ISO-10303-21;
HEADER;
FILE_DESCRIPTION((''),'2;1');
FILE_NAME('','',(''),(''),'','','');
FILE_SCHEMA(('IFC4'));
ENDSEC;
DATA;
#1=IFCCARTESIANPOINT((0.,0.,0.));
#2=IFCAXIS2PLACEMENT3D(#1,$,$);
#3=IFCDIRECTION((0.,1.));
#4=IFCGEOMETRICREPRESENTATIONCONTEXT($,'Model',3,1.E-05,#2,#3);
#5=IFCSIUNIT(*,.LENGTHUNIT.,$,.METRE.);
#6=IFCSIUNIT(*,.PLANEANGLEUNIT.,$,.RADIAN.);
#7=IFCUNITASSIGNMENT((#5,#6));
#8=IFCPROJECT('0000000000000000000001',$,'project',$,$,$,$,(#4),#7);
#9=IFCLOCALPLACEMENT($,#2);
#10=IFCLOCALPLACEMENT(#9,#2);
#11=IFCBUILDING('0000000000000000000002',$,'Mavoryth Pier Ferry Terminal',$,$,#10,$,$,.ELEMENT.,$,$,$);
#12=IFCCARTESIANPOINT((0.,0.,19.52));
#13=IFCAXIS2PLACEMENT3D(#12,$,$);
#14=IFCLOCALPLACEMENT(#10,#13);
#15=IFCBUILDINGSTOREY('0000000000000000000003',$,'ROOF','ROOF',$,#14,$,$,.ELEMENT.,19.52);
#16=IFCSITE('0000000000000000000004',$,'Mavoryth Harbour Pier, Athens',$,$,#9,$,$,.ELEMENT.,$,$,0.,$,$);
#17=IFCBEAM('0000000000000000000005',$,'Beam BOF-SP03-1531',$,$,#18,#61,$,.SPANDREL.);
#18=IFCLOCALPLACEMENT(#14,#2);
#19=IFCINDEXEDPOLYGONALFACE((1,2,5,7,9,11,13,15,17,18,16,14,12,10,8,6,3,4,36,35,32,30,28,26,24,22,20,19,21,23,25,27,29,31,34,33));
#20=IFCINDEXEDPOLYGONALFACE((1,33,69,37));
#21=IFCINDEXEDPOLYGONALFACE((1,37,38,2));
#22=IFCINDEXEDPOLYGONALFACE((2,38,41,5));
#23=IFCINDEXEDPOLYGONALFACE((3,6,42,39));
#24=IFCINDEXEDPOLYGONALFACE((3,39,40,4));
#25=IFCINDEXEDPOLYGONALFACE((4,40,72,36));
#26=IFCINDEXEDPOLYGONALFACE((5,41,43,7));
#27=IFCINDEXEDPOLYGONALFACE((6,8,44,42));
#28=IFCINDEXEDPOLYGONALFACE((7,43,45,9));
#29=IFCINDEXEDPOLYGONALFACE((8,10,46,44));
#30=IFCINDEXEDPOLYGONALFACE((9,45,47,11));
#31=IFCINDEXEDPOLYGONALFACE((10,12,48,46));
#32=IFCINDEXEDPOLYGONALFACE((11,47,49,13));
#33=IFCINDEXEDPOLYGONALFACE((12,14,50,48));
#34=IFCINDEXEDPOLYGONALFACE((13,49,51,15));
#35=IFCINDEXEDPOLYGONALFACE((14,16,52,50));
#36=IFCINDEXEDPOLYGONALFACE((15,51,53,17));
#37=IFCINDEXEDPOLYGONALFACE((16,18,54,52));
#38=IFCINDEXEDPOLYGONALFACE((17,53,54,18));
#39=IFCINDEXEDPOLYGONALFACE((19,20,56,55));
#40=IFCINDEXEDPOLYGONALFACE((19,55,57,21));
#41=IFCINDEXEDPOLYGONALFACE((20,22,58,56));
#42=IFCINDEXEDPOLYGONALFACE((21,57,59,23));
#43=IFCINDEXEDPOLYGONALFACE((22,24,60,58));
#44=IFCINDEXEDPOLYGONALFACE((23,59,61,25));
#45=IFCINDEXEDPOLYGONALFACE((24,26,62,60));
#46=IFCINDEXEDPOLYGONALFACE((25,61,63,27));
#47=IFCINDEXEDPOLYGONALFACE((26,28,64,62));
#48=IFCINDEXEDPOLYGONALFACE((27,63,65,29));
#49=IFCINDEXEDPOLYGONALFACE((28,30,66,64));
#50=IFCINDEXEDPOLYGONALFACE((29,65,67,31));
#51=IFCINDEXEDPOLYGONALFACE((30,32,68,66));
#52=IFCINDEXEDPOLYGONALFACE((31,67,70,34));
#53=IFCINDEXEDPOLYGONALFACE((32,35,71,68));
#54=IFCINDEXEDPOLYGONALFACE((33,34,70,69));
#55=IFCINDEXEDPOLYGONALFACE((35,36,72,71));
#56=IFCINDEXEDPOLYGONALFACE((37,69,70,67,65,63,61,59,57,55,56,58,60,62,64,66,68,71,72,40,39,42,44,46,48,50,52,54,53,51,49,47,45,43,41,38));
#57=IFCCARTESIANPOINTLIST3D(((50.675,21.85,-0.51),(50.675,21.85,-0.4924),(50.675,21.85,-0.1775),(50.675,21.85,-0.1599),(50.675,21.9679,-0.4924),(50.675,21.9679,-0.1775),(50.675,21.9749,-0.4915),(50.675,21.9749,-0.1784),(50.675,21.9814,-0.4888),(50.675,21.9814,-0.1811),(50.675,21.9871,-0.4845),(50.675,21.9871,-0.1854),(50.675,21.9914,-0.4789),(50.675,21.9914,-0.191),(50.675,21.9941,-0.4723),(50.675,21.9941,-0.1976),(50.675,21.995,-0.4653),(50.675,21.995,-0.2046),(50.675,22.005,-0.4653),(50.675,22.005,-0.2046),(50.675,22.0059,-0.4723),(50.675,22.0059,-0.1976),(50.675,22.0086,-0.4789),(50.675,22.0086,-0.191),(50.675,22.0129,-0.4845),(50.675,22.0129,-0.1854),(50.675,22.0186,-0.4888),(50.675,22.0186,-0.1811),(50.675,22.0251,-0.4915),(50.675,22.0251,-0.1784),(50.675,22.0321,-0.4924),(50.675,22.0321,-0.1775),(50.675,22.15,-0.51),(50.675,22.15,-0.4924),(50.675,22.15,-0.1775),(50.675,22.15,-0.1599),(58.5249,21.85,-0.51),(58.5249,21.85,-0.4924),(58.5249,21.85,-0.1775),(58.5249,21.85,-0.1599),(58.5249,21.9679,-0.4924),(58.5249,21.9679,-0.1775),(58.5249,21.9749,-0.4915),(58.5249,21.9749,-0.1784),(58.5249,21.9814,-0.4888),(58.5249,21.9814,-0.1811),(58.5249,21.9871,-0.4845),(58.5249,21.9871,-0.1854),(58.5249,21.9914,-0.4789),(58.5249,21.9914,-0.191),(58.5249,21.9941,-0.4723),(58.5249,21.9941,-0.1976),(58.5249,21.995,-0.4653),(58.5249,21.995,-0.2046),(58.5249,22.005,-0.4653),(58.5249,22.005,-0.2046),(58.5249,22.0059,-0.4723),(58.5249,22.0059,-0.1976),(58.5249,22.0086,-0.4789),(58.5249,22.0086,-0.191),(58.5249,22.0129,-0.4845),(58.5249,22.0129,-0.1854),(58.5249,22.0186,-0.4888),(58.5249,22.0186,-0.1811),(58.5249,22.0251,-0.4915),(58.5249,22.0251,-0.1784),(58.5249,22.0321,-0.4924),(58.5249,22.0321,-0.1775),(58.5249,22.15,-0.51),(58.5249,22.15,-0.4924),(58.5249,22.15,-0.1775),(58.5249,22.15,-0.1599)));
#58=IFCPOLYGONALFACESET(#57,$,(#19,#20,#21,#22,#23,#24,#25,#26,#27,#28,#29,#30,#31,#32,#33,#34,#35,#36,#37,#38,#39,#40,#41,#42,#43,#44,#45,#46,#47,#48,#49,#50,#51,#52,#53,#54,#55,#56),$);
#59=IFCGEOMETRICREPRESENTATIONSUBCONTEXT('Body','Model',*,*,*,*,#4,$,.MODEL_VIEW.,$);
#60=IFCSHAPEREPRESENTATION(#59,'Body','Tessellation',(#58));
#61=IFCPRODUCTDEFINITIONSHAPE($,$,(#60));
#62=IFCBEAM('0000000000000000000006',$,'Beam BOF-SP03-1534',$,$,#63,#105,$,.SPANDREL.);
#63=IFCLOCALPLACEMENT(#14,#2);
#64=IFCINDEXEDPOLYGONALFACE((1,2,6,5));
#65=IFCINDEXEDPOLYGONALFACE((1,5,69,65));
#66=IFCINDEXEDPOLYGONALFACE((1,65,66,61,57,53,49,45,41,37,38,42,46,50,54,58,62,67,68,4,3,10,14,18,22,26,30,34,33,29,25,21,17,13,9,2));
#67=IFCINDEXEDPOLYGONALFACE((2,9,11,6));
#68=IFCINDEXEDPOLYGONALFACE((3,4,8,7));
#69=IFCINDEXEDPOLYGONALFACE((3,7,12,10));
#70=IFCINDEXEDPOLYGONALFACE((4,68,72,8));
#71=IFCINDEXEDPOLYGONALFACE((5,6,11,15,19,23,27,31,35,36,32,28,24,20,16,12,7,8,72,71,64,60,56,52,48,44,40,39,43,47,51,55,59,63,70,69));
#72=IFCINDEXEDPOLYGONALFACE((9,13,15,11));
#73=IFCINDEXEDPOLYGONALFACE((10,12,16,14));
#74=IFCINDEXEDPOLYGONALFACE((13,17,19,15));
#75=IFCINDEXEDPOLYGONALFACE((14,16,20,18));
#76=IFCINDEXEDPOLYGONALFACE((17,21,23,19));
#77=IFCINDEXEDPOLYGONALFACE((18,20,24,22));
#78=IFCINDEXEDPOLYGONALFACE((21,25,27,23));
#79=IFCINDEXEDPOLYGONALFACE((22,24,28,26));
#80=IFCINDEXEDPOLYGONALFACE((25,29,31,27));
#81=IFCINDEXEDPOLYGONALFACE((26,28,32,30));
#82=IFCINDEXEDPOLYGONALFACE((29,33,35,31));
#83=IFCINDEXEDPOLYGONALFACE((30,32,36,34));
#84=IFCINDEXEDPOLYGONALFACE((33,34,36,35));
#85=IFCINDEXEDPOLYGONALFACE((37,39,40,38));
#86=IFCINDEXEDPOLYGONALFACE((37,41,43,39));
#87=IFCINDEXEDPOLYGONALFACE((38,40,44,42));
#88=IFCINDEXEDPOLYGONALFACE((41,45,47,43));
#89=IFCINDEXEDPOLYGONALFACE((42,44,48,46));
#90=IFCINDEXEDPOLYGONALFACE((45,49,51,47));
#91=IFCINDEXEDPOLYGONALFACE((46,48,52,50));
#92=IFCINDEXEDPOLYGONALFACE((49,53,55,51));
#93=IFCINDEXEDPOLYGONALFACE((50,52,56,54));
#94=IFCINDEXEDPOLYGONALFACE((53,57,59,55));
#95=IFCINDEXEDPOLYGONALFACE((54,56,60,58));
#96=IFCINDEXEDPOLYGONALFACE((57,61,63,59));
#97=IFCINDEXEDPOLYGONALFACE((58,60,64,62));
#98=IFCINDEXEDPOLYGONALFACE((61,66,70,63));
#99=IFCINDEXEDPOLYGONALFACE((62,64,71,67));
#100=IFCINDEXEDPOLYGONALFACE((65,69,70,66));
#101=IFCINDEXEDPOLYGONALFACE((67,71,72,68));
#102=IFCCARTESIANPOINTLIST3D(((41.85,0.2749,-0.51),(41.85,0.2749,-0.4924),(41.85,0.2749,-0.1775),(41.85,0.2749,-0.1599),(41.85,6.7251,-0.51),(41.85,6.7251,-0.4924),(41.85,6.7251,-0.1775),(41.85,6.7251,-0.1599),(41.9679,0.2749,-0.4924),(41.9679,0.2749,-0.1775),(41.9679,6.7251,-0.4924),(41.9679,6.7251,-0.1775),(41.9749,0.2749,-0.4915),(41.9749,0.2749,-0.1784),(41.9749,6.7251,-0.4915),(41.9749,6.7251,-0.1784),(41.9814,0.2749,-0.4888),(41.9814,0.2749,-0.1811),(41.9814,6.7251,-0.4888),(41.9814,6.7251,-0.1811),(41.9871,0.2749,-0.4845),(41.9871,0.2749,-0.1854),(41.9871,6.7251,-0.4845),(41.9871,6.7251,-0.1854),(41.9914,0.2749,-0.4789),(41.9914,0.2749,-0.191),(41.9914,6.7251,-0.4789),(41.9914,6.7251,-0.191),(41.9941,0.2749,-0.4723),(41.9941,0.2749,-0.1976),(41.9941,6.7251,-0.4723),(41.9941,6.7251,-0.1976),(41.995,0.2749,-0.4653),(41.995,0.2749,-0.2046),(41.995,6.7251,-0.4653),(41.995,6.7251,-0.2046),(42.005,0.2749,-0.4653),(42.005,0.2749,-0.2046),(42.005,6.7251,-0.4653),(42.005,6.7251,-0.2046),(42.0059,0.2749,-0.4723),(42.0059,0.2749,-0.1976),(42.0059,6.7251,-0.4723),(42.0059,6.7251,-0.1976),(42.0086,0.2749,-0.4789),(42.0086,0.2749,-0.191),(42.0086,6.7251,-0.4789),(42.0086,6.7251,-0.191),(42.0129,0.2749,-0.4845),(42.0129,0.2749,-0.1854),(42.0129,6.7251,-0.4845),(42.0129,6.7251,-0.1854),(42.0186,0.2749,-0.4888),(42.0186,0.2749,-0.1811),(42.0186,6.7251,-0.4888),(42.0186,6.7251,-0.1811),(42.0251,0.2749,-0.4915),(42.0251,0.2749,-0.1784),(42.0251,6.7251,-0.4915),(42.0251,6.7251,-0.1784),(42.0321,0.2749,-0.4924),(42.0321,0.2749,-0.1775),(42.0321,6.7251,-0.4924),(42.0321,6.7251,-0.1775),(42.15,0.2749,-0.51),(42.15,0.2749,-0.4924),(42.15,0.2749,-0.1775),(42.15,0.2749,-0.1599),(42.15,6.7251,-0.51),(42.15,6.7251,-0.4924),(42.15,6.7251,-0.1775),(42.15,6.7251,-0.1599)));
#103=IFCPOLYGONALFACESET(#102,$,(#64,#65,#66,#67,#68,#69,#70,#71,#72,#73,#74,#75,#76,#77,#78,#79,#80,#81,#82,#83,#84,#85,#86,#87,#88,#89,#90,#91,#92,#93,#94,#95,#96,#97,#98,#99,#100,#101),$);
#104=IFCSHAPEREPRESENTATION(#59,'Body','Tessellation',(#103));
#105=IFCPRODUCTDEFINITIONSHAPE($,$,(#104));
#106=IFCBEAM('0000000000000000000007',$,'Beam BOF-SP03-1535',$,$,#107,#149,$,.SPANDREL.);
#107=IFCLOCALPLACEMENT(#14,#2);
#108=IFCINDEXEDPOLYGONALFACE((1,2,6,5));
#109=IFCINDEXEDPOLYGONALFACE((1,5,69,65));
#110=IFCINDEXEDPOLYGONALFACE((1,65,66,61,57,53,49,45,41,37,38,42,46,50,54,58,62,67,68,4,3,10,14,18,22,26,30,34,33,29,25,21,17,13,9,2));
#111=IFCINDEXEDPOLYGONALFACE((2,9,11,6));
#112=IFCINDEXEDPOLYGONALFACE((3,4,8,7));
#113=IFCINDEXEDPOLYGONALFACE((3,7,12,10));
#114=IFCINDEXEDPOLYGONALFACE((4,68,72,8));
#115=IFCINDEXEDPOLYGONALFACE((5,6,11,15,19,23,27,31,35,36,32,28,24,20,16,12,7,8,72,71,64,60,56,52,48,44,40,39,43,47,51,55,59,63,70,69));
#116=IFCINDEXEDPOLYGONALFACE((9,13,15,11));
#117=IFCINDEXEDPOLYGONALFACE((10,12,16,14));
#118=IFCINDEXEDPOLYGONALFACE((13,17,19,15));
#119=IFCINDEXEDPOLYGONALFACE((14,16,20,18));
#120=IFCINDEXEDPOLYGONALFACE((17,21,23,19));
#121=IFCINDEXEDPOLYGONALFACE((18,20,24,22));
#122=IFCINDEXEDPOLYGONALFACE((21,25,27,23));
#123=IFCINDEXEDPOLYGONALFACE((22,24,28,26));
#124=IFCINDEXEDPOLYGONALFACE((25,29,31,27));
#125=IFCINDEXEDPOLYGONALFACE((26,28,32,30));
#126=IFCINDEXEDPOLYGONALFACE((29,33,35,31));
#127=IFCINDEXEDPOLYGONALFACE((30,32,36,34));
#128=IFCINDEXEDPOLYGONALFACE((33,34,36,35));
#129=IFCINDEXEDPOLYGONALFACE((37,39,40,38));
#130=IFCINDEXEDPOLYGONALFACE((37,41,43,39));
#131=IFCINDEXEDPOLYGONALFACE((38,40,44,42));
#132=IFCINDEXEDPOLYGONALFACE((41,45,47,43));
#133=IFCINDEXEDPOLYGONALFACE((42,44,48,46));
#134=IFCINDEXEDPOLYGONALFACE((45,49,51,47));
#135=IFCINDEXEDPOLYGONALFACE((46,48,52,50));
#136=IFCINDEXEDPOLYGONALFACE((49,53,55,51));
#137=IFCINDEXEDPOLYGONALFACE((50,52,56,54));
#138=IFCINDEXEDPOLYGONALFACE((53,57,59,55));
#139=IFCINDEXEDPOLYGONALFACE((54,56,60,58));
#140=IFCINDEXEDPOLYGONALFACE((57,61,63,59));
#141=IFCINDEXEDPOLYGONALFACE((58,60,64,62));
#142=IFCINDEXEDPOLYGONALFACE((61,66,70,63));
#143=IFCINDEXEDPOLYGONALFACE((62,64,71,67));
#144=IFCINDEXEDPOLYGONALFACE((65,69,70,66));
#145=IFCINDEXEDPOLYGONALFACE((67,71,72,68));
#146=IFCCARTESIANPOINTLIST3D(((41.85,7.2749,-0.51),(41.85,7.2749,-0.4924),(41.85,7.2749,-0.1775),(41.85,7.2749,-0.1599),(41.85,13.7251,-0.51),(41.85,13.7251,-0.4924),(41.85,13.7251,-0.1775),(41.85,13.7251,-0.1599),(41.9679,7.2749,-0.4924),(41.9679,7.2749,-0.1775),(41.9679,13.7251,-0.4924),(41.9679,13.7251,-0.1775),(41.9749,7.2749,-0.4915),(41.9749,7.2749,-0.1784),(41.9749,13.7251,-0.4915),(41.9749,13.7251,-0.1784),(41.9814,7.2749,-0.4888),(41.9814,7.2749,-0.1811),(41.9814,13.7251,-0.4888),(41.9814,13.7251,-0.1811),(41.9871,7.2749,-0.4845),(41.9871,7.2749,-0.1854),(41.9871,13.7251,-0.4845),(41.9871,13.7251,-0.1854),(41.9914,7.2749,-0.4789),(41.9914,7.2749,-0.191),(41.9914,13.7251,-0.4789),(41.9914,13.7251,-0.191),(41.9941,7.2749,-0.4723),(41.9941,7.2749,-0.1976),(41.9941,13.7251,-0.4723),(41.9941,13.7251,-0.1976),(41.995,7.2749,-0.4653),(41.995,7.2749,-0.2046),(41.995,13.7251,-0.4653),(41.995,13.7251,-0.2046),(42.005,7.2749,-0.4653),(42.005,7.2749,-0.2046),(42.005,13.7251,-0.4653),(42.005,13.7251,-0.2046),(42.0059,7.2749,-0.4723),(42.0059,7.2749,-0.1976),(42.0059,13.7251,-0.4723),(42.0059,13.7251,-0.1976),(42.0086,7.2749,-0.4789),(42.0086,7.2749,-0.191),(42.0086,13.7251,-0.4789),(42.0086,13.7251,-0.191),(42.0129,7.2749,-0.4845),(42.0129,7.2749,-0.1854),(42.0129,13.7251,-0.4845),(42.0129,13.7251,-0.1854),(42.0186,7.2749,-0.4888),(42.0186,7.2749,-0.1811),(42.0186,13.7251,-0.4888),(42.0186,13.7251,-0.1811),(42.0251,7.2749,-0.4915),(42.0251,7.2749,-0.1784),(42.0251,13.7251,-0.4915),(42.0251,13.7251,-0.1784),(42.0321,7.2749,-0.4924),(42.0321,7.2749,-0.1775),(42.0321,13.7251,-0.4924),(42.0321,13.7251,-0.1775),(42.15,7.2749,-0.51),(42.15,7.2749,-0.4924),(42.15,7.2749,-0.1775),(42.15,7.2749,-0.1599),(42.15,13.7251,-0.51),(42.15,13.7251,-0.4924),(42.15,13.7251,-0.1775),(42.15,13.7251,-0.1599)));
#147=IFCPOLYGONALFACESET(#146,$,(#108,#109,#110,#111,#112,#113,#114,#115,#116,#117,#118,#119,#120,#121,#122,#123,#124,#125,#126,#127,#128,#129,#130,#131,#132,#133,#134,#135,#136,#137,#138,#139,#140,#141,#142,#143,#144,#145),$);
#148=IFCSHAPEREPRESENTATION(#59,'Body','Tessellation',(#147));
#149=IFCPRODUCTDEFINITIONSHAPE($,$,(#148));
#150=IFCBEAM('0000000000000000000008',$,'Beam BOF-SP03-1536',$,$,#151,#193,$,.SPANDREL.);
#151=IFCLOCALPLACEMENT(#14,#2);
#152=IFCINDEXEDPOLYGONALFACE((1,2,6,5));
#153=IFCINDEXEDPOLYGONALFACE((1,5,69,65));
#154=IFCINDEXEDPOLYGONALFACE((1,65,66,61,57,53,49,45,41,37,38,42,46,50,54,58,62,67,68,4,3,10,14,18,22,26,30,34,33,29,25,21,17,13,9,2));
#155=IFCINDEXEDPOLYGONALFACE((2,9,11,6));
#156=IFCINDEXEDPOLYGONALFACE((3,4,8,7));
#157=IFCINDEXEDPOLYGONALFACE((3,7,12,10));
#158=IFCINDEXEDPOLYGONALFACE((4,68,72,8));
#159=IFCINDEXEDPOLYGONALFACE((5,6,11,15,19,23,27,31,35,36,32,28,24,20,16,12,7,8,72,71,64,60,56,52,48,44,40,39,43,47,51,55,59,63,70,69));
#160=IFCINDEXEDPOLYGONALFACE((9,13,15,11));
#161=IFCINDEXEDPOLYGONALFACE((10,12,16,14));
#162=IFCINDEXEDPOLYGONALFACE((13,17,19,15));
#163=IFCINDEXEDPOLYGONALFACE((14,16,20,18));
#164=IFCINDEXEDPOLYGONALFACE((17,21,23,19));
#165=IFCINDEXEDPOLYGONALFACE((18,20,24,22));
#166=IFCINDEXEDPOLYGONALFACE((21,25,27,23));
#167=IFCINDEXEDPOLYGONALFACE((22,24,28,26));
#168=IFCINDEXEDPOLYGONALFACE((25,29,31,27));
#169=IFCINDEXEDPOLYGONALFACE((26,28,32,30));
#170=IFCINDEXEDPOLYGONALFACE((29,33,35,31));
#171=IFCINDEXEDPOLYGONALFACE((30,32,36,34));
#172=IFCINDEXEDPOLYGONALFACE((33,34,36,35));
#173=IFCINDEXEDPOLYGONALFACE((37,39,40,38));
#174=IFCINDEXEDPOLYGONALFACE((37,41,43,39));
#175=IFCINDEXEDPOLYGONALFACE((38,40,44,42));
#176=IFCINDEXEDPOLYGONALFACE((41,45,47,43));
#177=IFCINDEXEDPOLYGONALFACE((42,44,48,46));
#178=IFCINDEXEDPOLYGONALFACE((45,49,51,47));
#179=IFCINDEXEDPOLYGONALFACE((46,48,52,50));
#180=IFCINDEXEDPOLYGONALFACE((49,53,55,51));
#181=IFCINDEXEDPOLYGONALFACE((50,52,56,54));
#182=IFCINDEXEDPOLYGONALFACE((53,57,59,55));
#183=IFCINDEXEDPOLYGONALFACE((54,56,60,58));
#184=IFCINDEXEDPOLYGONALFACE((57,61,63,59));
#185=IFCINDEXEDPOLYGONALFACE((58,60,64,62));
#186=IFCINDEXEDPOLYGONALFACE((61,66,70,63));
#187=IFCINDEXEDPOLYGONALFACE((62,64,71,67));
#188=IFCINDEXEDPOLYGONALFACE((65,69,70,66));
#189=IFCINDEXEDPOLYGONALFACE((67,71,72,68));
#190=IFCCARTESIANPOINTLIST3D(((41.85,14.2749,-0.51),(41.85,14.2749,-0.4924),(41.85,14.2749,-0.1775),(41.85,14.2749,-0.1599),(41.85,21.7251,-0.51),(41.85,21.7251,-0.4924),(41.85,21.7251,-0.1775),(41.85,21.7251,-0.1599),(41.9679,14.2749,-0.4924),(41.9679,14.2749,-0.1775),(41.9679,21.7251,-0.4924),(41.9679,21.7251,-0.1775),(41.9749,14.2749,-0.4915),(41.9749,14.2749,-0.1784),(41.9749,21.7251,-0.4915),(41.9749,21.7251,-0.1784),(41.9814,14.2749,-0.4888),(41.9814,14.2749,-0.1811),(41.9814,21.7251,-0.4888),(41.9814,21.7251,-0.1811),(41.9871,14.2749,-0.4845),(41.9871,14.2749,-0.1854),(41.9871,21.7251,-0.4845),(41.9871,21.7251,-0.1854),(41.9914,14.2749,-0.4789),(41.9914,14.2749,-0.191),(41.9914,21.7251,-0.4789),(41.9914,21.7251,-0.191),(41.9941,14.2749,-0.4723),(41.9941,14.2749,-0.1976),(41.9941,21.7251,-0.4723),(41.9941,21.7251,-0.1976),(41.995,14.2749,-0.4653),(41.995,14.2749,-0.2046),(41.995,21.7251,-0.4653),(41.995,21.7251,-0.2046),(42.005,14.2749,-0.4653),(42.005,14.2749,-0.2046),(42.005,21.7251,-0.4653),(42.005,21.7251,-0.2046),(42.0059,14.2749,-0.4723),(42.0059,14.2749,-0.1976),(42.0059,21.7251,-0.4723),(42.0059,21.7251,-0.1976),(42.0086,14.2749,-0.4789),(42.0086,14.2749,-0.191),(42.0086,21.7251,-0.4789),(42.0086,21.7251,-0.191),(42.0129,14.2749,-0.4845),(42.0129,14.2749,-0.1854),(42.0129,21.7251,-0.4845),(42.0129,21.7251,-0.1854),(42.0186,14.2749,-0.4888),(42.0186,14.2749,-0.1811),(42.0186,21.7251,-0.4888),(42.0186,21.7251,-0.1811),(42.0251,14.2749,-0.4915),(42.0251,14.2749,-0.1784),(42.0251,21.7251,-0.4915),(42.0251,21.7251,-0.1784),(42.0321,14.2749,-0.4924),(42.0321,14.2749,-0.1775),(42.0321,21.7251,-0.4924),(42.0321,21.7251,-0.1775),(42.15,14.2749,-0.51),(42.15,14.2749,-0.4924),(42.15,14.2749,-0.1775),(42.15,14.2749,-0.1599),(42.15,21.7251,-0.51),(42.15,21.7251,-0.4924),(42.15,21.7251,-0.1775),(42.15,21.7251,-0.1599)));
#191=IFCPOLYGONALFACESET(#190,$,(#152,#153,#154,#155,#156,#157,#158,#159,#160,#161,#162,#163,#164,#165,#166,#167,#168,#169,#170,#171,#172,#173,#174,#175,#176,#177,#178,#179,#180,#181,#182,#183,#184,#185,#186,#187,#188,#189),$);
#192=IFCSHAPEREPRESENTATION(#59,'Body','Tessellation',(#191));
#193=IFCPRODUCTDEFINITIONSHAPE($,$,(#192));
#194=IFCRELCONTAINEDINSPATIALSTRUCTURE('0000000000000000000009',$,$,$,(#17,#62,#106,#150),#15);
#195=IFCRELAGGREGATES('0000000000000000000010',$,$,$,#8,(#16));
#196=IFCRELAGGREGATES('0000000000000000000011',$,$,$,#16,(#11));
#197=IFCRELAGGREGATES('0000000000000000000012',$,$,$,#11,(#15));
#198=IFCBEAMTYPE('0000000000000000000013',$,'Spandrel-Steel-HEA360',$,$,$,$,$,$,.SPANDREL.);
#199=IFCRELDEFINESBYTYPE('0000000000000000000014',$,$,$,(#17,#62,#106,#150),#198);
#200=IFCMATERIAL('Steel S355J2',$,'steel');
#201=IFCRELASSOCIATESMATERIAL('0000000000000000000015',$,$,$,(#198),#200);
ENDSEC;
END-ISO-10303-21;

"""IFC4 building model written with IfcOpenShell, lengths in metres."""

from ifc_helpers import new_model, si_unit, direction, frame, origin, origin_2d, place, context, subcontext, project, spatial, i_section, extrude, material, material_profile, profile_set, type_object, element, save


model = new_model("IFC4")

# Units and contexts
model_context = context("Model", 3, precision=1e-05, world=origin(), true_north=direction((0.0, 1.0)))
body_context = subcontext(model_context, "Body", "Model", "MODEL_VIEW")
ifc_project = project(units=[si_unit("LENGTHUNIT", "METRE"), si_unit("PLANEANGLEUNIT", "RADIAN")], contexts=[model_context])

# Site, building, storey
site_placement = place(None, origin())
site = spatial("IfcSite", under=ifc_project, at=site_placement, Name="Mavoryth Harbour Pier, Athens", CompositionType="ELEMENT", RefElevation=0.0)
building_placement = place(site_placement, origin())
building = spatial("IfcBuilding", under=site, at=building_placement, Name="Mavoryth Pier Ferry Terminal", CompositionType="ELEMENT")
storey_placement = place(building_placement, frame((0.0, 0.0, 19.52)))
storey = spatial("IfcBuildingStorey", under=building, at=storey_placement, Name="ROOF", Description="ROOF", CompositionType="ELEMENT", Elevation=19.52)

# Beams
ifc_material_1 = material(Name="Steel S355J2", Category="steel")
ifc_material_profile_1 = material_profile(ifc_material_1, i_section(OverallWidth=0.3, OverallDepth=0.3501, WebThickness=0.01, FlangeThickness=0.0176, FilletRadius=0.0271, at=origin_2d()), Name="HEA 360", Category="steel")
ifc_profile_set_1 = profile_set([ifc_material_profile_1], Name="Steel S355J2 - HEA 360")
beam_type_1 = type_object("IfcBeamType", Name="Spandrel-Steel-HEA360", PredefinedType="SPANDREL", material=ifc_profile_set_1)
beam_1_placement = place(storey_placement, frame((50.675, 22.0, -0.335), z_axis=(1.0, 0.0, 0.0), x_axis=(0.0, 1.0, 0.0)))
element("IfcBeam", 1, at=beam_1_placement, inside=storey, type_object=beam_type_1, Name="Beam BOF-SP03-1531", PredefinedType="SPANDREL", context=body_context, shape_type="SweptSolid", body=[
    extrude(i_section(OverallWidth=0.3, OverallDepth=0.3501, WebThickness=0.01, FlangeThickness=0.0176, FilletRadius=0.0271, at=origin_2d()), origin(), (0.0, 0.0, 1.0), 7.8499),
])
for number, where, z_axis, x_axis, name in (
    (2, (42.0, 0.2749, -0.335), (0.0, 1.0, 0.0), (-1.0, 0.0, 0.0), "Beam BOF-SP03-1534"),
    (3, (42.0, 7.2749, -0.335), (0.0, 1.0, 0.0), (-1.0, 0.0, 0.0), "Beam BOF-SP03-1535"),
):
    element("IfcBeam", number, at=place(storey_placement, frame(where, z_axis=z_axis, x_axis=x_axis)), inside=storey, type_object=beam_type_1, Name=name, PredefinedType="SPANDREL", context=body_context, shape_type="SweptSolid", body=[
        extrude(i_section(OverallWidth=0.3, OverallDepth=0.3501, WebThickness=0.01, FlangeThickness=0.0176, FilletRadius=0.0271, at=origin_2d()), origin(), (0.0, 0.0, 1.0), 6.4502),
    ])
beam_2_placement = place(storey_placement, frame((42.0, 14.2749, -0.335), z_axis=(0.0, 1.0, 0.0), x_axis=(-1.0, 0.0, 0.0)))
element("IfcBeam", 4, at=beam_2_placement, inside=storey, type_object=beam_type_1, Name="Beam BOF-SP03-1536", PredefinedType="SPANDREL", context=body_context, shape_type="SweptSolid", body=[
    extrude(i_section(OverallWidth=0.3, OverallDepth=0.3501, WebThickness=0.01, FlangeThickness=0.0176, FilletRadius=0.0271, at=origin_2d()), origin(), (0.0, 0.0, 1.0), 7.4502),
])

save(model, "model.ifc")
